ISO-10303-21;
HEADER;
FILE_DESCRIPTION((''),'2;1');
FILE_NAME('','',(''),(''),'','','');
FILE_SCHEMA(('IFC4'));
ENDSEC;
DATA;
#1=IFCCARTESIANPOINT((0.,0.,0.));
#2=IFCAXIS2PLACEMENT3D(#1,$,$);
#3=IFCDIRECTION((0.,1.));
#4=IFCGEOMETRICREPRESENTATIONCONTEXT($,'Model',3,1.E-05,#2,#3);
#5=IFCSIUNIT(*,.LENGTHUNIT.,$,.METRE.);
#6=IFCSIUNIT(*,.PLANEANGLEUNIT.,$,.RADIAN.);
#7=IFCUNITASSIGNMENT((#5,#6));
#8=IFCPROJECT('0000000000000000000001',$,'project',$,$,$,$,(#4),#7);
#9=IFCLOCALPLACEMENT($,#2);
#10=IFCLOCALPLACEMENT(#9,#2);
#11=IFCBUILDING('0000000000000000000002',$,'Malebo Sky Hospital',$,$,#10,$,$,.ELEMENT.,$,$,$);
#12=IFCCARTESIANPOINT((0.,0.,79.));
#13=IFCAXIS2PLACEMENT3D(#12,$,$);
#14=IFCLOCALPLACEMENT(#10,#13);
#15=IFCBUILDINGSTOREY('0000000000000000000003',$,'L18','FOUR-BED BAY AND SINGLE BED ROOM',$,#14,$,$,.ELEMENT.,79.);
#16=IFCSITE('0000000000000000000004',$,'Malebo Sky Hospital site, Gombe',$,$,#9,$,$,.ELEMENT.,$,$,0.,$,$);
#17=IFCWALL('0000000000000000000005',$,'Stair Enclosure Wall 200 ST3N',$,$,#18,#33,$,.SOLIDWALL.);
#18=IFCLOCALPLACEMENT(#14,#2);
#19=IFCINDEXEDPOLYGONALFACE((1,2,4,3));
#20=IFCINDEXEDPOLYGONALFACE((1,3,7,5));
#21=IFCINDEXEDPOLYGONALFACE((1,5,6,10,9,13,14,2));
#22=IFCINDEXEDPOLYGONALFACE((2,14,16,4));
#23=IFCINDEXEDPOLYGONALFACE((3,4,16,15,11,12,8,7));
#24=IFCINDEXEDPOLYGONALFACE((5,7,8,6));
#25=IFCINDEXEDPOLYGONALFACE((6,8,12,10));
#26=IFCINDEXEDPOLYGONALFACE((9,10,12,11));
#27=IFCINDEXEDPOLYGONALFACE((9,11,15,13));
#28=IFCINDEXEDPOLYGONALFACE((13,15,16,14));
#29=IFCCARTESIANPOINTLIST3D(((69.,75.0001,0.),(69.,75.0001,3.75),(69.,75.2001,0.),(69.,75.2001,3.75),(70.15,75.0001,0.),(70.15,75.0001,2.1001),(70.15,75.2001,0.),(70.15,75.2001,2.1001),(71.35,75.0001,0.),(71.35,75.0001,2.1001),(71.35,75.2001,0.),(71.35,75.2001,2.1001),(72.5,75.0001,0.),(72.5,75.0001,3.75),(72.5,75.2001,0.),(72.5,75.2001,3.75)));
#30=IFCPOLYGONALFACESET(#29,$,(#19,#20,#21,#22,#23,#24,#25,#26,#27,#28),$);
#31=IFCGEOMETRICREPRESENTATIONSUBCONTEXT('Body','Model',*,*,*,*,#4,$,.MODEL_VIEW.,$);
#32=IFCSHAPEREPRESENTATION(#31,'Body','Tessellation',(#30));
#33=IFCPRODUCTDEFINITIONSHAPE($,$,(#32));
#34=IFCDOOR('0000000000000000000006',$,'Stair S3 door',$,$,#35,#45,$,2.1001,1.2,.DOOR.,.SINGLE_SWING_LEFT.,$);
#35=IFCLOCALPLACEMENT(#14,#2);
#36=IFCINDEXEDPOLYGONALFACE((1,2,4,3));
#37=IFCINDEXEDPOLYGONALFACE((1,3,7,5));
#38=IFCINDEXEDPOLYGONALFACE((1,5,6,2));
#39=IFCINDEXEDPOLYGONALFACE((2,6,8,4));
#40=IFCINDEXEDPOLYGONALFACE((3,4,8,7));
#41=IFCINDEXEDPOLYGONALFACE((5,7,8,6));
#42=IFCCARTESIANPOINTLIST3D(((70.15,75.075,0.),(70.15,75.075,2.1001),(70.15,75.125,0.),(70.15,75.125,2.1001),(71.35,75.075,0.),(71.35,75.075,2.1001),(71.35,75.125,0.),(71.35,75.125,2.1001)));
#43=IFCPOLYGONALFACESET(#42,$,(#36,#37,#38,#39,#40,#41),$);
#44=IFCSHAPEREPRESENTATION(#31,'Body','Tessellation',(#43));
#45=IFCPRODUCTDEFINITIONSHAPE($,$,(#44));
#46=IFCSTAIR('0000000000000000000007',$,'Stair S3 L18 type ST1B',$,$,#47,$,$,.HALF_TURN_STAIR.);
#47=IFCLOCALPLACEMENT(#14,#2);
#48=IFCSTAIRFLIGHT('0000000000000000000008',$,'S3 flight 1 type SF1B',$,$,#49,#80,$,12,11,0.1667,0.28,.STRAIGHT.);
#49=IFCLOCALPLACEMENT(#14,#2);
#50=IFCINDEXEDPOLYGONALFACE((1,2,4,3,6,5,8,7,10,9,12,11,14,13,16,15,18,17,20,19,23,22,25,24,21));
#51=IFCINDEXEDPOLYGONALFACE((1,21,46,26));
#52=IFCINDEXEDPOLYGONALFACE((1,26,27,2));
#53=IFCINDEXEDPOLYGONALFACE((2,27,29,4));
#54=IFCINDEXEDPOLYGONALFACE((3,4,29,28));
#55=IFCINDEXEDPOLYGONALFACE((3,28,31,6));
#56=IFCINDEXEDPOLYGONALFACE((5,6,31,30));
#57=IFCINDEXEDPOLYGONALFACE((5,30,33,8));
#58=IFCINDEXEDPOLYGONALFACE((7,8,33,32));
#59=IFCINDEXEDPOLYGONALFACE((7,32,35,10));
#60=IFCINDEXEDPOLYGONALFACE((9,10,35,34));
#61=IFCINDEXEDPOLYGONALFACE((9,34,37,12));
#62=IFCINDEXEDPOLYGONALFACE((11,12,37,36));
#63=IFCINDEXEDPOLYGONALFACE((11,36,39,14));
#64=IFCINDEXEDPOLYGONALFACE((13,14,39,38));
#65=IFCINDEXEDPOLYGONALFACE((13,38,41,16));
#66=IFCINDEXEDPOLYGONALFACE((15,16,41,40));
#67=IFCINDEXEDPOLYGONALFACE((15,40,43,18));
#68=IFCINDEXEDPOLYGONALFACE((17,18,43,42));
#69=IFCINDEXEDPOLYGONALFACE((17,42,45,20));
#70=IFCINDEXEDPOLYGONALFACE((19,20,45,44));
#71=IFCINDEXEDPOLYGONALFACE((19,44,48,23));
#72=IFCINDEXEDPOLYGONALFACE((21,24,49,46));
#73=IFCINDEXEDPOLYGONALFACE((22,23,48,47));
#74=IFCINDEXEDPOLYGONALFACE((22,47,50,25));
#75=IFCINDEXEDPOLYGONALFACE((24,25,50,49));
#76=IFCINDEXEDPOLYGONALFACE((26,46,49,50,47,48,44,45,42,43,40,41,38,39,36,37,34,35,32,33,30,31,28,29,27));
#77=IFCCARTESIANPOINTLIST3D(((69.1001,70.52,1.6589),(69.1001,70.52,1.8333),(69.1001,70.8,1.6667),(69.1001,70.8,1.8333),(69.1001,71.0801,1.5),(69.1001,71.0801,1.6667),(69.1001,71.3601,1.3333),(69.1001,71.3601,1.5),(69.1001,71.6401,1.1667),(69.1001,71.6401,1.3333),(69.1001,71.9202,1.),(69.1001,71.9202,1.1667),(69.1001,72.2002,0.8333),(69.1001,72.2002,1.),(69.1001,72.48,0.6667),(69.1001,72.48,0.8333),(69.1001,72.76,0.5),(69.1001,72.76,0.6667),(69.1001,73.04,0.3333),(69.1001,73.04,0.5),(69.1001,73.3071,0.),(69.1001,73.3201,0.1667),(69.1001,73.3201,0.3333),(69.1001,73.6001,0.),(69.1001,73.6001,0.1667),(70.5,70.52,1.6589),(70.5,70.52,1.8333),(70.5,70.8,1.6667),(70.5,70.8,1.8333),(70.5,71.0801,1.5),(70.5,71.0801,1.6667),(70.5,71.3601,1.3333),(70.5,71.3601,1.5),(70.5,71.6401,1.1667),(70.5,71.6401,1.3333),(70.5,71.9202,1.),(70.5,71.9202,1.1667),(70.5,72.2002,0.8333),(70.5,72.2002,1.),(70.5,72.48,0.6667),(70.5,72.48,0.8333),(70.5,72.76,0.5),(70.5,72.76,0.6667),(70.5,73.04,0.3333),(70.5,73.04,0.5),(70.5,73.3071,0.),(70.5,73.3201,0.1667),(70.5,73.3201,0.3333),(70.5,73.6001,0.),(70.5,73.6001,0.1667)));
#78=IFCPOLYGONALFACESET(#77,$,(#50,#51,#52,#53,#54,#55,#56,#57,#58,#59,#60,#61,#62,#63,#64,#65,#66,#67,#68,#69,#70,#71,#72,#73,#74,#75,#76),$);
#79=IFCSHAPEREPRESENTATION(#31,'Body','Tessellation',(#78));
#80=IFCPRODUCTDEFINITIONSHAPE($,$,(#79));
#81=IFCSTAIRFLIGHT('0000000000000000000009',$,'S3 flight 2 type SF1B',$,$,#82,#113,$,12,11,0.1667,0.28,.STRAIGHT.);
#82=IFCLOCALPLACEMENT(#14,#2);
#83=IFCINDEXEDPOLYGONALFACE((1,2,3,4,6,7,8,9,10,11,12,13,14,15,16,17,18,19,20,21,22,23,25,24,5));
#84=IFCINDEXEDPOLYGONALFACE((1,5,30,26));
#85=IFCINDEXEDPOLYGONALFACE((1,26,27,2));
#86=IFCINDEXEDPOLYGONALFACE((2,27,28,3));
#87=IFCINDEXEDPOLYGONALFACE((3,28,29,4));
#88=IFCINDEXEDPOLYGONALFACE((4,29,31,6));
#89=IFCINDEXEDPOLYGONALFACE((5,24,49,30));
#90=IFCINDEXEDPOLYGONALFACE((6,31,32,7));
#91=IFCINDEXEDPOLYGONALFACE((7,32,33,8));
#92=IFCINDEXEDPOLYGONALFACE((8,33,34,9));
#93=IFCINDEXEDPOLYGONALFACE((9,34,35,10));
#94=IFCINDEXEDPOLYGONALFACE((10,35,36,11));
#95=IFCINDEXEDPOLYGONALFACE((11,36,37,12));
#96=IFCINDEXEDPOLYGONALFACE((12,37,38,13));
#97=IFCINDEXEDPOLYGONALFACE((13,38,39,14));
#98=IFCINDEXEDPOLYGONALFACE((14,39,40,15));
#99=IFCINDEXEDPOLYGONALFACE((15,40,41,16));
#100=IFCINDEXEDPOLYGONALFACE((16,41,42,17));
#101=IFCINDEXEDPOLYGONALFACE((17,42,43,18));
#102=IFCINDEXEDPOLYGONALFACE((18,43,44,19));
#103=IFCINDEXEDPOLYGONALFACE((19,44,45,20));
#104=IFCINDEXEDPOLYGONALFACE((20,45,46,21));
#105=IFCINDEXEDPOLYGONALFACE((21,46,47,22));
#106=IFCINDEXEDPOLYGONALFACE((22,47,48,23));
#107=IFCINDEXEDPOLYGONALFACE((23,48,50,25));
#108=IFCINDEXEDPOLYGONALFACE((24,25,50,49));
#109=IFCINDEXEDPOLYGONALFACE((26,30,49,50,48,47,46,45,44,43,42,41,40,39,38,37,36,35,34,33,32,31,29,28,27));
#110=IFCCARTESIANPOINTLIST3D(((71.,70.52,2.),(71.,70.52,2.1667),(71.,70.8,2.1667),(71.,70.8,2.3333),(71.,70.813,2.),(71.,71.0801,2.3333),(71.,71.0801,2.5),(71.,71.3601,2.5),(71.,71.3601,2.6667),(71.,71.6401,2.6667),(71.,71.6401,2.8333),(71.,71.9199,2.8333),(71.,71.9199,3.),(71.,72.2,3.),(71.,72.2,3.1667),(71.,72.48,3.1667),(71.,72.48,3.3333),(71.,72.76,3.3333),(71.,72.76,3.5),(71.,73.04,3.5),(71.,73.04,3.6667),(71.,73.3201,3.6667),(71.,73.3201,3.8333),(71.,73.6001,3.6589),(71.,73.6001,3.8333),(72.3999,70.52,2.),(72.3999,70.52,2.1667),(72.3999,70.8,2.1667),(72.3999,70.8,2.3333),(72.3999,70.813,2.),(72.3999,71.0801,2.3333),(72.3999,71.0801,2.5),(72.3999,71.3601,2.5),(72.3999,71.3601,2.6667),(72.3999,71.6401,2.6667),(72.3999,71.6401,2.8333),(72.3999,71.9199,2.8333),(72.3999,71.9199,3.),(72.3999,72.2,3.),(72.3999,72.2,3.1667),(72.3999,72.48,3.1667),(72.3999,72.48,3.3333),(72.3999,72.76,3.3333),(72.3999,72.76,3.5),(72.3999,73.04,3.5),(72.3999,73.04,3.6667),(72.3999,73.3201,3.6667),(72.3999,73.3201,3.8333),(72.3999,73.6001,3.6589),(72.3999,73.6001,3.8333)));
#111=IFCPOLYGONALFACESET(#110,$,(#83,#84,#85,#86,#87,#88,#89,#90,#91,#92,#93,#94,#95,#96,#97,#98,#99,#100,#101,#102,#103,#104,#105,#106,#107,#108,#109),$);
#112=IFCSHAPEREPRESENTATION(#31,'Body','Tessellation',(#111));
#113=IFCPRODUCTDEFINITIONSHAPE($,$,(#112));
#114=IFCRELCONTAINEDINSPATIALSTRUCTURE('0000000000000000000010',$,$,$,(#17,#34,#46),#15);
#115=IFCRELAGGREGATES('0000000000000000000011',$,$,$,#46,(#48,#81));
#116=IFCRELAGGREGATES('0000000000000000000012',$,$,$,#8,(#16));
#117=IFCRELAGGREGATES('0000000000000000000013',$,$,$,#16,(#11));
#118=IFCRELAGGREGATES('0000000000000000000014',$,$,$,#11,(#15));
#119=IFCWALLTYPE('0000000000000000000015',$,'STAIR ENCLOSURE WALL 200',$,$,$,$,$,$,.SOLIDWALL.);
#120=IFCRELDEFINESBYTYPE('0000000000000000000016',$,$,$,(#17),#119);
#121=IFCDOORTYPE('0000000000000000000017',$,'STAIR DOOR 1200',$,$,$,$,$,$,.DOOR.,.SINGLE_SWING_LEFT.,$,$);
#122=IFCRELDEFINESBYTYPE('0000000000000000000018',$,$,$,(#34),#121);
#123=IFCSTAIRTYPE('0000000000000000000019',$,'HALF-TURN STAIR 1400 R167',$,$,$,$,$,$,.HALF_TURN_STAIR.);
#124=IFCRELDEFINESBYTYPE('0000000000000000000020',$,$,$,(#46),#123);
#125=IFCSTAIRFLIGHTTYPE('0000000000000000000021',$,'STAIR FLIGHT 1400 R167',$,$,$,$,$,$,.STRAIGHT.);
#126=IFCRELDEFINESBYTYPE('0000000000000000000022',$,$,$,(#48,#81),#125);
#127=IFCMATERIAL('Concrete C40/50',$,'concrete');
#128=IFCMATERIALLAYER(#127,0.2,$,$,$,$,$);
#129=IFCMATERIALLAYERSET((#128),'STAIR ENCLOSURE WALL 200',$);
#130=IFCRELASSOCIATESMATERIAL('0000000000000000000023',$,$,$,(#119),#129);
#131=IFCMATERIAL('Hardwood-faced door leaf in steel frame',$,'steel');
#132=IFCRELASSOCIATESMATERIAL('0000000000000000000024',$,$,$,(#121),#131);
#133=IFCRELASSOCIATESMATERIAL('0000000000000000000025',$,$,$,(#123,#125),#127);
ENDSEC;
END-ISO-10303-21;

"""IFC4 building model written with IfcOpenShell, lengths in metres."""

from ifc_helpers import new_model, si_unit, direction, frame, frame_2d, origin, place, context, subcontext, project, spatial, polyline, rectangle, outline, extrude, material, layer, layer_set, type_object, element, fill, aggregate, save


model = new_model("IFC4")

# Units and contexts
model_context = context("Model", 3, precision=1e-05, world=origin(), true_north=direction((0.0, 1.0)))
body_context = subcontext(model_context, "Body", "Model", "MODEL_VIEW")
ifc_project = project(units=[si_unit("LENGTHUNIT", "METRE"), si_unit("PLANEANGLEUNIT", "RADIAN")], contexts=[model_context])

# Site, building, storey
site_placement = place(None, origin())
site = spatial("IfcSite", under=ifc_project, at=site_placement, Name="Malebo Sky Hospital site, Gombe", CompositionType="ELEMENT", RefElevation=0.0)
building_placement = place(site_placement, origin())
building = spatial("IfcBuilding", under=site, at=building_placement, Name="Malebo Sky Hospital", CompositionType="ELEMENT")
storey_placement = place(building_placement, frame((0.0, 0.0, 79.0)))
storey = spatial("IfcBuildingStorey", under=building, at=storey_placement, Name="L18", Description="FOUR-BED BAY AND SINGLE BED ROOM", CompositionType="ELEMENT", Elevation=79.0)

# Shared definitions
ifc_material_1 = material(Name="Hardwood-faced door leaf in steel frame", Category="steel")

# Shared definitions
ifc_material_2 = material(Name="Concrete C40/50", Category="concrete")
ifc_layer_1 = layer(ifc_material_2, 0.2)
ifc_layer_set_1 = layer_set([ifc_layer_1], Name="STAIR ENCLOSURE WALL 200")
wall_type_1 = type_object("IfcWallType", Name="STAIR ENCLOSURE WALL 200", PredefinedType="SOLIDWALL", material=ifc_layer_set_1)

# Wall, opening, door
wall_1_placement = place(storey_placement, frame((69.0, 75.1001, 0.0), z_axis=(0.0, 0.0, 1.0), x_axis=(1.0, 0.0, 0.0)))
wall_1 = element("IfcWall", 1, at=wall_1_placement, inside=storey, type_object=wall_type_1, Name="Stair Enclosure Wall 200 ST3N", PredefinedType="SOLIDWALL", context=body_context, shape_type="SweptSolid", body=[
    extrude(rectangle(XDim=3.5, YDim=0.2, at=frame_2d((1.75, 0.0))), origin(), (0.0, 0.0, 1.0), 3.75),
])
opening_1_placement = place(wall_1_placement, frame((1.1499, 0.0, 0.0)))
opening_1 = element("IfcOpeningElement", 2, at=opening_1_placement, cuts=wall_1, PredefinedType="OPENING", context=body_context, shape_type="SweptSolid", body=[
    extrude(rectangle(XDim=1.2, YDim=2.1001, at=frame_2d((0.6001, 1.05))), frame((0.0, 0.1099, 0.0), z_axis=(0.0, -1.0, 0.0), x_axis=(1.0, 0.0, 0.0)), (0.0, 0.0, 1.0), 0.22),
])
door_type_1 = type_object("IfcDoorType", Name="STAIR DOOR 1200", OperationType="SINGLE_SWING_LEFT", PredefinedType="DOOR", material=ifc_material_1)
door_1_placement = place(opening_1_placement, origin())
door_1 = element("IfcDoor", 3, at=door_1_placement, inside=storey, type_object=door_type_1, Name="Stair S3 door", OperationType="SINGLE_SWING_LEFT", OverallHeight=2.1001, OverallWidth=1.2, PredefinedType="DOOR", context=body_context, shape_type="SweptSolid", body=[
    extrude(rectangle(XDim=1.2, YDim=2.1001, at=frame_2d((0.6001, 1.05))), frame((0.0, 0.0249, 0.0), z_axis=(0.0, -1.0, 0.0), x_axis=(1.0, 0.0, 0.0)), (0.0, 0.0, 1.0), 0.05),
])
fill(opening_1, door_1)

# Stair, stair flights
stair_type = type_object("IfcStairType", Name="HALF-TURN STAIR 1400 R167", PredefinedType="HALF_TURN_STAIR", material=ifc_material_2)
stair_placement = place(storey_placement, origin())
stair = element("IfcStair", 4, at=stair_placement, inside=storey, type_object=stair_type, Name="Stair S3 L18 type ST1B", PredefinedType="HALF_TURN_STAIR")
stair_flight_type = type_object("IfcStairFlightType", Name="STAIR FLIGHT 1400 R167", PredefinedType="STRAIGHT", material=ifc_material_2)
stair_flight_1_placement = place(storey_placement, frame((69.8, 73.6001, 0.0), z_axis=(0.0, 0.0, 1.0), x_axis=(0.0, -1.0, 0.0)))
stair_flight_1 = element("IfcStairFlight", 5, at=stair_flight_1_placement, type_object=stair_flight_type, Name="S3 flight 1 type SF1B", NumberOfRisers=12, NumberOfTreads=11, PredefinedType="STRAIGHT", RiserHeight=0.1667, TreadLength=0.28, context=body_context, shape_type="SweptSolid", body=[
    extrude(outline(polyline([(0.0, 0.0), (0.0, 0.1667), (0.28, 0.1667), (0.28, 0.3333), (0.5601, 0.3333), (0.5601, 0.5), (0.8401, 0.5), (0.8401, 0.6667), (1.1201, 0.6667), (1.1201, 0.8333), (1.3999, 0.8333), (1.3999, 1.0), (1.6799, 1.0), (1.6799, 1.1667), (1.96, 1.1667), (1.96, 1.3333), (2.24, 1.3333), (2.24, 1.5), (2.52, 1.5), (2.52, 1.6667), (2.8, 1.6667), (2.8, 1.8333), (3.0801, 1.8333), (3.0801, 2.0), (3.0801, 1.6589), (0.293, 0.0), (0.0, 0.0)])), frame((0.0, 0.7, 0.0), z_axis=(0.0, -1.0, 0.0), x_axis=(1.0, 0.0, 0.0)), (0.0, 0.0, 1.0), 1.3999),
])
stair_flight_2_placement = place(storey_placement, frame((71.7, 70.52, 2.0), z_axis=(0.0, 0.0, 1.0), x_axis=(0.0, 1.0, 0.0)))
stair_flight_2 = element("IfcStairFlight", 6, at=stair_flight_2_placement, type_object=stair_flight_type, Name="S3 flight 2 type SF1B", NumberOfRisers=12, NumberOfTreads=11, PredefinedType="STRAIGHT", RiserHeight=0.1667, TreadLength=0.28, context=body_context, shape_type="SweptSolid", body=[
    extrude(outline(polyline([(0.0, 0.0), (0.0, 0.1667), (0.28, 0.1667), (0.28, 0.3333), (0.5601, 0.3333), (0.5601, 0.5), (0.8401, 0.5), (0.8401, 0.6667), (1.1201, 0.6667), (1.1201, 0.8333), (1.3999, 0.8333), (1.3999, 1.0), (1.6799, 1.0), (1.6799, 1.1667), (1.96, 1.1667), (1.96, 1.3333), (2.24, 1.3333), (2.24, 1.5), (2.52, 1.5), (2.52, 1.6667), (2.8, 1.6667), (2.8, 1.8333), (3.0801, 1.8333), (3.0801, 2.0), (3.0801, 1.6589), (0.293, 0.0), (0.0, 0.0)])), frame((0.0, 0.7, 0.0), z_axis=(0.0, -1.0, 0.0), x_axis=(1.0, 0.0, 0.0)), (0.0, 0.0, 1.0), 1.3999),
])
aggregate(stair, [stair_flight_1, stair_flight_2])

save(model, "model.ifc")
